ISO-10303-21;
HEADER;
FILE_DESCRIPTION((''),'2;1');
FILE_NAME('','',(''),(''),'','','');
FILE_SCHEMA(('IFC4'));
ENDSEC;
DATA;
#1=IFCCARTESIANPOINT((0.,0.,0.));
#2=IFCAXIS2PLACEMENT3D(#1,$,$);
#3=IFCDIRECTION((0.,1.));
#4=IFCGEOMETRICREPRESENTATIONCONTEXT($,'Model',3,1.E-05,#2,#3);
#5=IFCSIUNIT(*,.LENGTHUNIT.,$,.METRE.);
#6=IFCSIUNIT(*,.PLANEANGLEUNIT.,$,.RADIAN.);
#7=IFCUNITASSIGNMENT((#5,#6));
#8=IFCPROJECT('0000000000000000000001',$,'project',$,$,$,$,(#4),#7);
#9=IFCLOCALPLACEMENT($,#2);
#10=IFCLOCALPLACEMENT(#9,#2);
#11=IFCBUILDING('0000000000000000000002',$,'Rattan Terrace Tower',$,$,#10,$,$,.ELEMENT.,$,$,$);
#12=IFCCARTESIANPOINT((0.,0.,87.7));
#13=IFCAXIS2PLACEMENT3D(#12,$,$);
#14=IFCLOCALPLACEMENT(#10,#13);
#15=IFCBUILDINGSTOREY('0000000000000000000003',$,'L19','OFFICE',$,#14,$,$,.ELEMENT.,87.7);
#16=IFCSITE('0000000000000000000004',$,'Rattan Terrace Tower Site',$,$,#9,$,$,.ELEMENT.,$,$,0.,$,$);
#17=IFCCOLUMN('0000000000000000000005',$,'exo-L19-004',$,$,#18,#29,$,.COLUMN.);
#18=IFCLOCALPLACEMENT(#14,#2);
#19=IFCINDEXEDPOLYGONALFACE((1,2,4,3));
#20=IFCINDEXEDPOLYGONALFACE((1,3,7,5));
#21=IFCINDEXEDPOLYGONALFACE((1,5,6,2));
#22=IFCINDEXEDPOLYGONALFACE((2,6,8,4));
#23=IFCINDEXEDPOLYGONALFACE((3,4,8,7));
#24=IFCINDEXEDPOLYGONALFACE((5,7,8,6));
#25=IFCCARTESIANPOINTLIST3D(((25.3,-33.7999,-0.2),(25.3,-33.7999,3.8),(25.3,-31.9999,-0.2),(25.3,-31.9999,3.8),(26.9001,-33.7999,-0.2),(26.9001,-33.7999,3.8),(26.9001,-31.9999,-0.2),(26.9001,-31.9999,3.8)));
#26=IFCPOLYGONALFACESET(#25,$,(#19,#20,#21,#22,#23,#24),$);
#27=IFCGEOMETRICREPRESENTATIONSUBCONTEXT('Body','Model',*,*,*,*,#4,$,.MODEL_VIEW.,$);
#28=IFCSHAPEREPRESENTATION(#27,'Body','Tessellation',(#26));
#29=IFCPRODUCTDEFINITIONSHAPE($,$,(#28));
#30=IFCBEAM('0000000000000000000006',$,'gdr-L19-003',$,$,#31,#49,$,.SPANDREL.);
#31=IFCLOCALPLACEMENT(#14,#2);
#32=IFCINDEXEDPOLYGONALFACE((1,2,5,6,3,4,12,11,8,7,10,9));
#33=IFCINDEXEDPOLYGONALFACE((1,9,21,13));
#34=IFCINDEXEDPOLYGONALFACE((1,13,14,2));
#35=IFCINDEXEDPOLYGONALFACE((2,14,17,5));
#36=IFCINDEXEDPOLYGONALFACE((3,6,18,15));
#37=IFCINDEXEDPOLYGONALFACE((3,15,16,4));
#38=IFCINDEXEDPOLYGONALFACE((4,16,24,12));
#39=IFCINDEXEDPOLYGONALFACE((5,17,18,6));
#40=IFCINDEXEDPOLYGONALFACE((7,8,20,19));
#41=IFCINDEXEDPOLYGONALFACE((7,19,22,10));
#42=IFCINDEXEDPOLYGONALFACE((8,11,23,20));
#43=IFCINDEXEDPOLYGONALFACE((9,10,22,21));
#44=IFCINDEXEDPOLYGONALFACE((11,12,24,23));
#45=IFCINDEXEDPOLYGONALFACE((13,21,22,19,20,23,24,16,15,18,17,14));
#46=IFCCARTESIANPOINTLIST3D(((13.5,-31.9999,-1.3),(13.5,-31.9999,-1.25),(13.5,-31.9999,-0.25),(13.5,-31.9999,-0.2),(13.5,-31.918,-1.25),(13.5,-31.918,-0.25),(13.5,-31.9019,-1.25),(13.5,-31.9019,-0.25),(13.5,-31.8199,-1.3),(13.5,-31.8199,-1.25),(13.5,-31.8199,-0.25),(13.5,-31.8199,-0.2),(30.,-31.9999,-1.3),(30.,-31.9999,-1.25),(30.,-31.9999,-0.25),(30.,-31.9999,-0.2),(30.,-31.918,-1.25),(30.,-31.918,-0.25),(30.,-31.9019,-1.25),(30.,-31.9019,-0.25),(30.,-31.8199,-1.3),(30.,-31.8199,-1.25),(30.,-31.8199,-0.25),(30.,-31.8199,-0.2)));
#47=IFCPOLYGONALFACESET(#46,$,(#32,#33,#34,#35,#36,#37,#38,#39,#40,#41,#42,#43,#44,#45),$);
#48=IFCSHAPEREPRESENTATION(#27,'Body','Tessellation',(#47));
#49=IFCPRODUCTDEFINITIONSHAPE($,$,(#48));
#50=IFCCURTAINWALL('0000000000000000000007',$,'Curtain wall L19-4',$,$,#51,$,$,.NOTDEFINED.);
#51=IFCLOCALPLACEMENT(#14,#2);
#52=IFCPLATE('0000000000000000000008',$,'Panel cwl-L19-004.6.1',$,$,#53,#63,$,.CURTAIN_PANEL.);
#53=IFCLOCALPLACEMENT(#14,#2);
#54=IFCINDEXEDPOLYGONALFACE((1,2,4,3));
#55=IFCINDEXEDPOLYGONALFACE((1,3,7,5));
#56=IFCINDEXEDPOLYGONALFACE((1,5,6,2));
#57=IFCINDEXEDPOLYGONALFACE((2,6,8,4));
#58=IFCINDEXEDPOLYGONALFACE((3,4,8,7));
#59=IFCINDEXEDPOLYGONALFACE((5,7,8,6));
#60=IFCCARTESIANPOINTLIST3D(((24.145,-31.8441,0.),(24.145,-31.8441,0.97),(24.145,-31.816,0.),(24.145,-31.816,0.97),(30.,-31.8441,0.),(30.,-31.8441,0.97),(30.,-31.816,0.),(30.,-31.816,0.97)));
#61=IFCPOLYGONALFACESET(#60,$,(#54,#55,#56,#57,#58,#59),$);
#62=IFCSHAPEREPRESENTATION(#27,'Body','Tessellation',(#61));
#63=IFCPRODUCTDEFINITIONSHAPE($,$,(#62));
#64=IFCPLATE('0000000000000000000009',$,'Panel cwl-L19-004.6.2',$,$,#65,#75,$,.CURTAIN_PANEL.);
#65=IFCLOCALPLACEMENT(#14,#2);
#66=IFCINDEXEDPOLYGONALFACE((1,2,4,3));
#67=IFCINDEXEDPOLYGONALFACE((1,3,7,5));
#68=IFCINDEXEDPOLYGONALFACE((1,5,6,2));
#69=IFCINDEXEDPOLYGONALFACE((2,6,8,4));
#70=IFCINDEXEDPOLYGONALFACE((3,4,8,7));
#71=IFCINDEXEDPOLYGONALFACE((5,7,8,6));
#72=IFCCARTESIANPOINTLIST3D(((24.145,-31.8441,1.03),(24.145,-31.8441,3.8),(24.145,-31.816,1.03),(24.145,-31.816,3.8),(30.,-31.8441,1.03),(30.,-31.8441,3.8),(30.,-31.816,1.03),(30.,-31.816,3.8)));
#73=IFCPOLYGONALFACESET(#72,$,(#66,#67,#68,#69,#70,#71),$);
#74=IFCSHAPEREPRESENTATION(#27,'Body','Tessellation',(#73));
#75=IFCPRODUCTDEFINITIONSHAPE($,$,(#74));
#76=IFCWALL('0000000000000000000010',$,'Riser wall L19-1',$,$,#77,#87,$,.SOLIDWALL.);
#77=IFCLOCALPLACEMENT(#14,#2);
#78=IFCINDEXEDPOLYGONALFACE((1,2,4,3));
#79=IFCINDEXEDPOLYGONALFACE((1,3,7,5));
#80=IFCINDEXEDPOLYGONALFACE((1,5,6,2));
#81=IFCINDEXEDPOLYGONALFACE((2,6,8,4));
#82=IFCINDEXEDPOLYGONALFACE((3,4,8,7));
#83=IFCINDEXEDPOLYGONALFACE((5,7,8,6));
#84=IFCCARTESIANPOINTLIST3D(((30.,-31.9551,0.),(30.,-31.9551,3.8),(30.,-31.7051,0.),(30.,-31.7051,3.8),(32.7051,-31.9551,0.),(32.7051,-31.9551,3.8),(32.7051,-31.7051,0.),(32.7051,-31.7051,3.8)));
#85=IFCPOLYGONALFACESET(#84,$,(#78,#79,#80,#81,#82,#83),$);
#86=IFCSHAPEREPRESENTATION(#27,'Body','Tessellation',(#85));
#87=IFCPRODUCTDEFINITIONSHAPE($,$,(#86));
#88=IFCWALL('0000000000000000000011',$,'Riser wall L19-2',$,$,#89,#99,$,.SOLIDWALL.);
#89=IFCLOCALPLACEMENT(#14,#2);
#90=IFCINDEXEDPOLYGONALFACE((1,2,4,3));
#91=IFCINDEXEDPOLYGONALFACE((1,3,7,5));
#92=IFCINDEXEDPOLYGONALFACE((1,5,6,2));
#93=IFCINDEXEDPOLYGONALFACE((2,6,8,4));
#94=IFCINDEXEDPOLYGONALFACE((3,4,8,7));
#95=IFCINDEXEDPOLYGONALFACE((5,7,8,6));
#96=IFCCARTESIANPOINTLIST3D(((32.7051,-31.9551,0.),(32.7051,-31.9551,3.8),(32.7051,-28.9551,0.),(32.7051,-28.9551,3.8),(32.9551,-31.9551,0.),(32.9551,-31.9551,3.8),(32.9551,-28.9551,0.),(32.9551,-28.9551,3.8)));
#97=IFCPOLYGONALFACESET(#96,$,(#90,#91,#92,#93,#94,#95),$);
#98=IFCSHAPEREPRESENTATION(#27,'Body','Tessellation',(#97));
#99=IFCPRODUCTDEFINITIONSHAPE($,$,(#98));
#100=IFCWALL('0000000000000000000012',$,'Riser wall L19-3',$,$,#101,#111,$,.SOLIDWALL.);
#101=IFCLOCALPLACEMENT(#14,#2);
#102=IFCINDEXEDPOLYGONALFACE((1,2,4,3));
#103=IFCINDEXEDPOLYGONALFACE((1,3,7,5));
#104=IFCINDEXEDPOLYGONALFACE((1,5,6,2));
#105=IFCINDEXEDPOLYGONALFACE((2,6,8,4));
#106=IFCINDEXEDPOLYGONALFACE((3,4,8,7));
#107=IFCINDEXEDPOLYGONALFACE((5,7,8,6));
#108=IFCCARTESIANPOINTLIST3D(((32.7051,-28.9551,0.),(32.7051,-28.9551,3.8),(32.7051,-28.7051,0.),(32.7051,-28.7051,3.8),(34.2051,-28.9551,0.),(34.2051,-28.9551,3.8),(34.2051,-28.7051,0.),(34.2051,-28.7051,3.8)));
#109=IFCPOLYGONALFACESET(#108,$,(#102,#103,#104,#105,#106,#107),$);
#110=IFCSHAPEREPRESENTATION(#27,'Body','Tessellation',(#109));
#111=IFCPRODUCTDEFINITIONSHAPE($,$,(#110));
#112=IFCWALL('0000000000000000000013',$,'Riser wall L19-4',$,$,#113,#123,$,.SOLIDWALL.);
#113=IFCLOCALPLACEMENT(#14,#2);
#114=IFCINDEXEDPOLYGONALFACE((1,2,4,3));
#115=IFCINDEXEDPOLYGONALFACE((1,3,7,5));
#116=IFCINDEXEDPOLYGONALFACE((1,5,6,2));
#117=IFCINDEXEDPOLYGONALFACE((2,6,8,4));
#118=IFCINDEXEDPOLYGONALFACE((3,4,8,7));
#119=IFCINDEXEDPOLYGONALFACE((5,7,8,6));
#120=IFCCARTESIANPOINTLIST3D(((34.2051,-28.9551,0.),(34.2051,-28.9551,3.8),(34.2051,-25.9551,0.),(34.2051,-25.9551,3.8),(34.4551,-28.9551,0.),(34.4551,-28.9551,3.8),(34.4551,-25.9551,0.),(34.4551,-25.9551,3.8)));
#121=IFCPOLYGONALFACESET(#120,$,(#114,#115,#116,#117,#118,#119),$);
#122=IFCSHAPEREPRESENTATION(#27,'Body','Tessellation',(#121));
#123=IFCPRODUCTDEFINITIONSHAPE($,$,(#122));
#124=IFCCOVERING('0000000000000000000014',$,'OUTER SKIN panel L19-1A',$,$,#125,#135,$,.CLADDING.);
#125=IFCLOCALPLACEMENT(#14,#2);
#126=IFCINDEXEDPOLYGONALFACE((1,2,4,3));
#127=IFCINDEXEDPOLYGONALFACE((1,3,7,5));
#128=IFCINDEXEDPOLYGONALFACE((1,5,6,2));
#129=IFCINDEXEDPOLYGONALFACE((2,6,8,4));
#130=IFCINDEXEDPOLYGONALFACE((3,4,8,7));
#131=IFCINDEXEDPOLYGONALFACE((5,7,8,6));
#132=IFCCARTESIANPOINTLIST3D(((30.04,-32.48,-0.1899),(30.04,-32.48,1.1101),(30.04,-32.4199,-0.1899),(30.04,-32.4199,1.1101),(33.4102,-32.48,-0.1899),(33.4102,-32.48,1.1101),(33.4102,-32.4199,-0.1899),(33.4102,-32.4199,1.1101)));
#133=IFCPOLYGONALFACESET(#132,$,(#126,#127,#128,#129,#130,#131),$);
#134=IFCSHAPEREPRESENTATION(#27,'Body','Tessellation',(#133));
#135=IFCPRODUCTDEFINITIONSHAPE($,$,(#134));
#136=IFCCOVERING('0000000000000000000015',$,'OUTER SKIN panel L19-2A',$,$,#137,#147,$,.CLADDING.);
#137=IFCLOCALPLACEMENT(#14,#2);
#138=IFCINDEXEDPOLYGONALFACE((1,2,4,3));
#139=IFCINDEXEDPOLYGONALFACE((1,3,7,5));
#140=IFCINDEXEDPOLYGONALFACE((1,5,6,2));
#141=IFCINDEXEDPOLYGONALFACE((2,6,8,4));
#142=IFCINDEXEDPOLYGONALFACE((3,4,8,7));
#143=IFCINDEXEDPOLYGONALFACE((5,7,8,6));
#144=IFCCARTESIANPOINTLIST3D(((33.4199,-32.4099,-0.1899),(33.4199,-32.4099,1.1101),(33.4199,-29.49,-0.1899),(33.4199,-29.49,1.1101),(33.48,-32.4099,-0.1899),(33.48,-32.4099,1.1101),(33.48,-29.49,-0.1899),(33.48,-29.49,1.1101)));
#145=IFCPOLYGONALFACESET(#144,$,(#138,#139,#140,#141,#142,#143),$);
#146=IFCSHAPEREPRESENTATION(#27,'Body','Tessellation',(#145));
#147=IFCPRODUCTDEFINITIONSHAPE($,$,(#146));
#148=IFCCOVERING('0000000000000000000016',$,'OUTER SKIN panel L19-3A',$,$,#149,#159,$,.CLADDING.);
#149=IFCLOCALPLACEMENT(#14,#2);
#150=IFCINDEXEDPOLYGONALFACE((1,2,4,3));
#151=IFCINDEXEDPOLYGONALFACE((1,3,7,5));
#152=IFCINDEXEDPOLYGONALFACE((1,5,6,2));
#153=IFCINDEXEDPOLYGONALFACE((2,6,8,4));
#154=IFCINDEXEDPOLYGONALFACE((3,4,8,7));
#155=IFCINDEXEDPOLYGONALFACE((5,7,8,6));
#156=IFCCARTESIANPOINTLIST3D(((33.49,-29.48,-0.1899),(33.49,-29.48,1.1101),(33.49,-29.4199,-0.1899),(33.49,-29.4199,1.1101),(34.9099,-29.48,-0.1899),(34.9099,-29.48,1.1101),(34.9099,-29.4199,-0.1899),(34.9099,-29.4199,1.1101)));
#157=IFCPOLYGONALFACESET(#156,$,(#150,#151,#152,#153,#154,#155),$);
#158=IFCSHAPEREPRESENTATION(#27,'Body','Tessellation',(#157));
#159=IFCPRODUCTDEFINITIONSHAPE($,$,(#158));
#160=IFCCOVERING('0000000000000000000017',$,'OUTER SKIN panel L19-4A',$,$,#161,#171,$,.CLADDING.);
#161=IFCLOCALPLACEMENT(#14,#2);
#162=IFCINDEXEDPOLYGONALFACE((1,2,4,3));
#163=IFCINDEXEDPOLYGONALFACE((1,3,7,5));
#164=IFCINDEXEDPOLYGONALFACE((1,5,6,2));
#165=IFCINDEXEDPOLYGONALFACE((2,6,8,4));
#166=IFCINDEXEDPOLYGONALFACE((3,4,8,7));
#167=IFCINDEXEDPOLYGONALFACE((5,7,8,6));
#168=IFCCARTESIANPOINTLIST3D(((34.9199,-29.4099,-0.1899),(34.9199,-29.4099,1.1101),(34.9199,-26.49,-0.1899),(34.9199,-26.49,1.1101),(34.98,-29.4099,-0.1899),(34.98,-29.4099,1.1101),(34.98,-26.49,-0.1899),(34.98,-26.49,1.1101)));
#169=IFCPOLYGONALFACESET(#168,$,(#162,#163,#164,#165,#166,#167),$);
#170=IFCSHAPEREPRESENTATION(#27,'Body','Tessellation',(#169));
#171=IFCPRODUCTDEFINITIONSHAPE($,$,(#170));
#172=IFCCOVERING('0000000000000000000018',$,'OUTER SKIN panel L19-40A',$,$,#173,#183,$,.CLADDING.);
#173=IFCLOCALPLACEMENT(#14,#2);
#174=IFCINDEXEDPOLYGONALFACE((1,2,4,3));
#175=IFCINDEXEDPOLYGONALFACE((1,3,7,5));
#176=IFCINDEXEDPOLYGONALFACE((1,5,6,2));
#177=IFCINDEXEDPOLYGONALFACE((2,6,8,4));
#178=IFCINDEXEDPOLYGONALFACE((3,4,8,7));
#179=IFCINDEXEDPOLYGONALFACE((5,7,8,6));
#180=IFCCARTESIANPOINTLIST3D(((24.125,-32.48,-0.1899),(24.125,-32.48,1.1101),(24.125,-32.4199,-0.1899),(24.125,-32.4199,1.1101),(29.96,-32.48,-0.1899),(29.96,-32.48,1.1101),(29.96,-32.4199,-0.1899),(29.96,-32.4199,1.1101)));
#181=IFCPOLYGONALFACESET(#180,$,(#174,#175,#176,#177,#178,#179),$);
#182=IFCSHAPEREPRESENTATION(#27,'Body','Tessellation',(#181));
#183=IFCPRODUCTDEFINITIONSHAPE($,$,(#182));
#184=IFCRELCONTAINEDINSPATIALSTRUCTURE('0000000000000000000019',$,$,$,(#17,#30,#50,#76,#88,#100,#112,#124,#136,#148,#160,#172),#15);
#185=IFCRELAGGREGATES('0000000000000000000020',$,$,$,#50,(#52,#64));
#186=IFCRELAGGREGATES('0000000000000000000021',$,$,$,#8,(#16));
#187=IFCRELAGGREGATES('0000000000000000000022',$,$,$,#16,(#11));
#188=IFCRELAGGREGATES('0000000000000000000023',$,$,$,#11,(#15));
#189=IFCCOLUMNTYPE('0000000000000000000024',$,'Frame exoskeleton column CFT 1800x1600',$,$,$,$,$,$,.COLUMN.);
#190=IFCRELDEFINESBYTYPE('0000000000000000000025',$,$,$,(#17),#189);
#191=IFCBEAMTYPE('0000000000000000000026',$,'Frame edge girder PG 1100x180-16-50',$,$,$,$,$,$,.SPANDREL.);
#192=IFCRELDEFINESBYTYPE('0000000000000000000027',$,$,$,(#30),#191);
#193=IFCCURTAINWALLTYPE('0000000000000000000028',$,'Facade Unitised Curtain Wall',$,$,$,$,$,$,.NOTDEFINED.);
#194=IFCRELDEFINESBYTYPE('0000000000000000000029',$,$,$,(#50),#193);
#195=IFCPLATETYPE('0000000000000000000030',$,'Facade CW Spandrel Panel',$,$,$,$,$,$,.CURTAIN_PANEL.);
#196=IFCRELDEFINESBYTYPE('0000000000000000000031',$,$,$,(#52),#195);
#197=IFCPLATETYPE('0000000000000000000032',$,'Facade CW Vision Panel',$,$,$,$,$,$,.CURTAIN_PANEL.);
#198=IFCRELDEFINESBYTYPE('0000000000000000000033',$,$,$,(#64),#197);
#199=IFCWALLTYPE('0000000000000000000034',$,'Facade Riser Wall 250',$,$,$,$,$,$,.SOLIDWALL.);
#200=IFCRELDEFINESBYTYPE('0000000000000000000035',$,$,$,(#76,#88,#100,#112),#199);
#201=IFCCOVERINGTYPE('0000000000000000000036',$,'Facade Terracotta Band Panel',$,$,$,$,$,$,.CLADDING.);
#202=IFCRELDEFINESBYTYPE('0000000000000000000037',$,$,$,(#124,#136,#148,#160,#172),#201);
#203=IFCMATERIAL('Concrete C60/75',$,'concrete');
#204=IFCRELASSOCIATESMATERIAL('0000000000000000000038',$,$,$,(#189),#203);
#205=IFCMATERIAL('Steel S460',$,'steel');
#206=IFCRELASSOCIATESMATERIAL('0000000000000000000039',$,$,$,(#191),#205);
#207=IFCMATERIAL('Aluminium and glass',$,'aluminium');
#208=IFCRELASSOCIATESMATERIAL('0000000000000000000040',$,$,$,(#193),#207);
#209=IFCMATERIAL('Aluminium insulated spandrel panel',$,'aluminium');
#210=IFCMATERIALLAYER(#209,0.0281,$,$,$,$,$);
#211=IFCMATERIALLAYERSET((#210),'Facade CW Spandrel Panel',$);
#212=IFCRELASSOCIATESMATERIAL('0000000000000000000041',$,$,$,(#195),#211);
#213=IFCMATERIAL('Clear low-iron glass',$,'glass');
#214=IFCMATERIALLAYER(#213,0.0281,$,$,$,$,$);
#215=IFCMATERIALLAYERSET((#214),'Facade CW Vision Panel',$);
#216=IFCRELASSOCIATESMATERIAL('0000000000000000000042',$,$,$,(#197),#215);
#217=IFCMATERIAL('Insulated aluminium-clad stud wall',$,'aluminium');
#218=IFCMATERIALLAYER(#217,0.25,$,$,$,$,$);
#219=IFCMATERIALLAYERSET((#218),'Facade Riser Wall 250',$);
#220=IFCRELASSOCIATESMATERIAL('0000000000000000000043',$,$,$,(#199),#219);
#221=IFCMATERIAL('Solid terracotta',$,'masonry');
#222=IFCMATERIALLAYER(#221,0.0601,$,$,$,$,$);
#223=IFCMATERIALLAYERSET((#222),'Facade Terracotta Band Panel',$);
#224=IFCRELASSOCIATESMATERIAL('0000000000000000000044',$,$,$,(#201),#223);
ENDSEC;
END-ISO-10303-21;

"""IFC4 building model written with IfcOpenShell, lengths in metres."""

from ifc_helpers import new_model, si_unit, direction, frame, frame_2d, origin, origin_2d, place, context, subcontext, project, spatial, rectangle, i_section, extrude, material, layer, layer_set, material_profile, profile_set, type_object, element, aggregate, save


model = new_model("IFC4")

# Units and contexts
model_context = context("Model", 3, precision=1e-05, world=origin(), true_north=direction((0.0, 1.0)))
body_context = subcontext(model_context, "Body", "Model", "MODEL_VIEW")
ifc_project = project(units=[si_unit("LENGTHUNIT", "METRE"), si_unit("PLANEANGLEUNIT", "RADIAN")], contexts=[model_context])

# Site, building, storey
site_placement = place(None, origin())
site = spatial("IfcSite", under=ifc_project, at=site_placement, Name="Rattan Terrace Tower Site", CompositionType="ELEMENT", RefElevation=0.0)
building_placement = place(site_placement, origin())
building = spatial("IfcBuilding", under=site, at=building_placement, Name="Rattan Terrace Tower", CompositionType="ELEMENT")
storey_placement = place(building_placement, frame((0.0, 0.0, 87.7)))
storey = spatial("IfcBuildingStorey", under=building, at=storey_placement, Name="L19", Description="OFFICE", CompositionType="ELEMENT", Elevation=87.7)

# Column
ifc_material_1 = material(Name="Concrete C60/75", Category="concrete")
ifc_material_profile_1 = material_profile(ifc_material_1, rectangle(XDim=1.6001, YDim=1.8, at=origin_2d()), Name="CFT 1800x1600")
ifc_profile_set_1 = profile_set([ifc_material_profile_1], Name="Concrete C60/75")
column_type = type_object("IfcColumnType", Name="Frame exoskeleton column CFT 1800x1600", PredefinedType="COLUMN", material=ifc_profile_set_1)
column_placement = place(storey_placement, frame((26.1001, -32.8999, -0.2), z_axis=(0.0, 0.0, 1.0), x_axis=(1.0, 0.0, 0.0)))
element("IfcColumn", 1, at=column_placement, inside=storey, type_object=column_type, Name="exo-L19-004", PredefinedType="COLUMN", context=body_context, shape_type="SweptSolid", body=[
    extrude(rectangle(XDim=1.6001, YDim=1.8, at=origin_2d()), origin(), (0.0, 0.0, 1.0), 4.0),
])

# Beam
ifc_material_2 = material(Name="Steel S460", Category="steel")
ifc_material_profile_2 = material_profile(ifc_material_2, i_section(OverallWidth=0.1799, OverallDepth=1.1001, WebThickness=0.0161, FlangeThickness=0.05, at=origin_2d()), Name="PG 1100x180-16-50")
ifc_profile_set_2 = profile_set([ifc_material_profile_2], Name="Steel S460")
beam_type = type_object("IfcBeamType", Name="Frame edge girder PG 1100x180-16-50", PredefinedType="SPANDREL", material=ifc_profile_set_2)
beam_placement = place(storey_placement, frame((30.0, -31.9099, -0.75), z_axis=(-1.0, 0.0, 0.0), x_axis=(0.0, -1.0, 0.0)))
element("IfcBeam", 2, at=beam_placement, inside=storey, type_object=beam_type, Name="gdr-L19-003", PredefinedType="SPANDREL", context=body_context, shape_type="SweptSolid", body=[
    extrude(i_section(OverallWidth=0.1799, OverallDepth=1.1001, WebThickness=0.0161, FlangeThickness=0.05, at=origin_2d()), origin(), (0.0, 0.0, 1.0), 16.5),
])

# Curtain wall, plates
ifc_material_3 = material(Name="Aluminium and glass", Category="aluminium")
curtain_wall_type = type_object("IfcCurtainWallType", Name="Facade Unitised Curtain Wall", PredefinedType="NOTDEFINED", material=ifc_material_3)
curtain_wall_placement = place(storey_placement, origin())
curtain_wall = element("IfcCurtainWall", 3, at=curtain_wall_placement, inside=storey, type_object=curtain_wall_type, Name="Curtain wall L19-4", PredefinedType="NOTDEFINED")
ifc_material_4 = material(Name="Aluminium insulated spandrel panel", Category="aluminium")
ifc_layer_1 = layer(ifc_material_4, 0.0281)
ifc_layer_set_1 = layer_set([ifc_layer_1], Name="Facade CW Spandrel Panel")
plate_type_1 = type_object("IfcPlateType", Name="Facade CW Spandrel Panel", PredefinedType="CURTAIN_PANEL", material=ifc_layer_set_1)
plate_1_placement = place(storey_placement, frame((27.0725, -31.8301, 0.0), z_axis=(0.0, 0.0, 1.0), x_axis=(1.0, 0.0, 0.0)))
plate_1 = element("IfcPlate", 4, at=plate_1_placement, type_object=plate_type_1, Name="Panel cwl-L19-004.6.1", PredefinedType="CURTAIN_PANEL", context=body_context, shape_type="SweptSolid", body=[
    extrude(rectangle(XDim=5.855, YDim=0.0281, at=origin_2d()), origin(), (0.0, 0.0, 1.0), 0.97),
])
ifc_material_5 = material(Name="Clear low-iron glass", Category="glass")
ifc_layer_2 = layer(ifc_material_5, 0.0281)
ifc_layer_set_2 = layer_set([ifc_layer_2], Name="Facade CW Vision Panel")
plate_type_2 = type_object("IfcPlateType", Name="Facade CW Vision Panel", PredefinedType="CURTAIN_PANEL", material=ifc_layer_set_2)
plate_2_placement = place(storey_placement, frame((27.0725, -31.8301, 1.03), z_axis=(0.0, 0.0, 1.0), x_axis=(1.0, 0.0, 0.0)))
plate_2 = element("IfcPlate", 5, at=plate_2_placement, type_object=plate_type_2, Name="Panel cwl-L19-004.6.2", PredefinedType="CURTAIN_PANEL", context=body_context, shape_type="SweptSolid", body=[
    extrude(rectangle(XDim=5.855, YDim=0.0281, at=origin_2d()), origin(), (0.0, 0.0, 1.0), 2.77),
])
aggregate(curtain_wall, [plate_1, plate_2])

# Walls
ifc_material_6 = material(Name="Insulated aluminium-clad stud wall", Category="aluminium")
ifc_layer_3 = layer(ifc_material_6, 0.25)
ifc_layer_set_3 = layer_set([ifc_layer_3], Name="Facade Riser Wall 250")
wall_type = type_object("IfcWallType", Name="Facade Riser Wall 250", PredefinedType="SOLIDWALL", material=ifc_layer_set_3)
wall_1_placement = place(storey_placement, frame((30.0, -31.8301, 0.0), z_axis=(0.0, 0.0, 1.0), x_axis=(1.0, 0.0, 0.0)))
element("IfcWall", 6, at=wall_1_placement, inside=storey, type_object=wall_type, Name="Riser wall L19-1", PredefinedType="SOLIDWALL", context=body_context, shape_type="SweptSolid", body=[
    extrude(rectangle(XDim=2.7051, YDim=0.25, at=frame_2d((1.3525, 0.0))), origin(), (0.0, 0.0, 1.0), 3.8),
])
wall_2_placement = place(storey_placement, frame((32.8301, -31.9551, 0.0), z_axis=(0.0, 0.0, 1.0), x_axis=(0.0, 1.0, 0.0)))
element("IfcWall", 7, at=wall_2_placement, inside=storey, type_object=wall_type, Name="Riser wall L19-2", PredefinedType="SOLIDWALL", context=body_context, shape_type="SweptSolid", body=[
    extrude(rectangle(XDim=3.0, YDim=0.25, at=frame_2d((1.5, 0.0))), origin(), (0.0, 0.0, 1.0), 3.8),
])
wall_3_placement = place(storey_placement, frame((32.7051, -28.8301, 0.0), z_axis=(0.0, 0.0, 1.0), x_axis=(1.0, 0.0, 0.0)))
element("IfcWall", 8, at=wall_3_placement, inside=storey, type_object=wall_type, Name="Riser wall L19-3", PredefinedType="SOLIDWALL", context=body_context, shape_type="SweptSolid", body=[
    extrude(rectangle(XDim=1.5, YDim=0.25, at=frame_2d((0.75, 0.0))), origin(), (0.0, 0.0, 1.0), 3.8),
])
wall_4_placement = place(storey_placement, frame((34.3301, -28.9551, 0.0), z_axis=(0.0, 0.0, 1.0), x_axis=(0.0, 1.0, 0.0)))
element("IfcWall", 9, at=wall_4_placement, inside=storey, type_object=wall_type, Name="Riser wall L19-4", PredefinedType="SOLIDWALL", context=body_context, shape_type="SweptSolid", body=[
    extrude(rectangle(XDim=3.0, YDim=0.25, at=frame_2d((1.5, 0.0))), origin(), (0.0, 0.0, 1.0), 3.8),
])

# Coverings
ifc_material_7 = material(Name="Solid terracotta", Category="masonry")
ifc_layer_4 = layer(ifc_material_7, 0.0601)
ifc_layer_set_4 = layer_set([ifc_layer_4], Name="Facade Terracotta Band Panel")
covering_type_1 = type_object("IfcCoveringType", Name="Facade Terracotta Band Panel", PredefinedType="CLADDING", material=ifc_layer_set_4)
covering_1_placement = place(storey_placement, frame((31.7251, -32.45, -0.1899), z_axis=(0.0, 0.0, 1.0), x_axis=(1.0, 0.0, 0.0)))
element("IfcCovering", 10, at=covering_1_placement, inside=storey, type_object=covering_type_1, Name="OUTER SKIN panel L19-1A", PredefinedType="CLADDING", context=body_context, shape_type="SweptSolid", body=[
    extrude(rectangle(XDim=3.3701, YDim=0.0601, at=origin_2d()), origin(), (0.0, 0.0, 1.0), 1.3),
])
covering_2_placement = place(storey_placement, frame((33.45, -30.95, -0.1899), z_axis=(0.0, 0.0, 1.0), x_axis=(0.0, 1.0, 0.0)))
element("IfcCovering", 11, at=covering_2_placement, inside=storey, type_object=covering_type_1, Name="OUTER SKIN panel L19-2A", PredefinedType="CLADDING", context=body_context, shape_type="SweptSolid", body=[
    extrude(rectangle(XDim=2.9199, YDim=0.0601, at=origin_2d()), origin(), (0.0, 0.0, 1.0), 1.3),
])
covering_3_placement = place(storey_placement, frame((34.2, -29.45, -0.1899), z_axis=(0.0, 0.0, 1.0), x_axis=(1.0, 0.0, 0.0)))
element("IfcCovering", 12, at=covering_3_placement, inside=storey, type_object=covering_type_1, Name="OUTER SKIN panel L19-3A", PredefinedType="CLADDING", context=body_context, shape_type="SweptSolid", body=[
    extrude(rectangle(XDim=1.4199, YDim=0.0601, at=origin_2d()), origin(), (0.0, 0.0, 1.0), 1.3),
])
covering_4_placement = place(storey_placement, frame((34.95, -27.95, -0.1899), z_axis=(0.0, 0.0, 1.0), x_axis=(0.0, 1.0, 0.0)))
element("IfcCovering", 13, at=covering_4_placement, inside=storey, type_object=covering_type_1, Name="OUTER SKIN panel L19-4A", PredefinedType="CLADDING", context=body_context, shape_type="SweptSolid", body=[
    extrude(rectangle(XDim=2.9199, YDim=0.0601, at=origin_2d()), origin(), (0.0, 0.0, 1.0), 1.3),
])
covering_5_placement = place(storey_placement, frame((27.0425, -32.45, -0.1899), z_axis=(0.0, 0.0, 1.0), x_axis=(1.0, 0.0, 0.0)))
element("IfcCovering", 14, at=covering_5_placement, inside=storey, type_object=covering_type_1, Name="OUTER SKIN panel L19-40A", PredefinedType="CLADDING", context=body_context, shape_type="SweptSolid", body=[
    extrude(rectangle(XDim=5.835, YDim=0.0601, at=origin_2d()), origin(), (0.0, 0.0, 1.0), 1.3),
])

save(model, "model.ifc")
